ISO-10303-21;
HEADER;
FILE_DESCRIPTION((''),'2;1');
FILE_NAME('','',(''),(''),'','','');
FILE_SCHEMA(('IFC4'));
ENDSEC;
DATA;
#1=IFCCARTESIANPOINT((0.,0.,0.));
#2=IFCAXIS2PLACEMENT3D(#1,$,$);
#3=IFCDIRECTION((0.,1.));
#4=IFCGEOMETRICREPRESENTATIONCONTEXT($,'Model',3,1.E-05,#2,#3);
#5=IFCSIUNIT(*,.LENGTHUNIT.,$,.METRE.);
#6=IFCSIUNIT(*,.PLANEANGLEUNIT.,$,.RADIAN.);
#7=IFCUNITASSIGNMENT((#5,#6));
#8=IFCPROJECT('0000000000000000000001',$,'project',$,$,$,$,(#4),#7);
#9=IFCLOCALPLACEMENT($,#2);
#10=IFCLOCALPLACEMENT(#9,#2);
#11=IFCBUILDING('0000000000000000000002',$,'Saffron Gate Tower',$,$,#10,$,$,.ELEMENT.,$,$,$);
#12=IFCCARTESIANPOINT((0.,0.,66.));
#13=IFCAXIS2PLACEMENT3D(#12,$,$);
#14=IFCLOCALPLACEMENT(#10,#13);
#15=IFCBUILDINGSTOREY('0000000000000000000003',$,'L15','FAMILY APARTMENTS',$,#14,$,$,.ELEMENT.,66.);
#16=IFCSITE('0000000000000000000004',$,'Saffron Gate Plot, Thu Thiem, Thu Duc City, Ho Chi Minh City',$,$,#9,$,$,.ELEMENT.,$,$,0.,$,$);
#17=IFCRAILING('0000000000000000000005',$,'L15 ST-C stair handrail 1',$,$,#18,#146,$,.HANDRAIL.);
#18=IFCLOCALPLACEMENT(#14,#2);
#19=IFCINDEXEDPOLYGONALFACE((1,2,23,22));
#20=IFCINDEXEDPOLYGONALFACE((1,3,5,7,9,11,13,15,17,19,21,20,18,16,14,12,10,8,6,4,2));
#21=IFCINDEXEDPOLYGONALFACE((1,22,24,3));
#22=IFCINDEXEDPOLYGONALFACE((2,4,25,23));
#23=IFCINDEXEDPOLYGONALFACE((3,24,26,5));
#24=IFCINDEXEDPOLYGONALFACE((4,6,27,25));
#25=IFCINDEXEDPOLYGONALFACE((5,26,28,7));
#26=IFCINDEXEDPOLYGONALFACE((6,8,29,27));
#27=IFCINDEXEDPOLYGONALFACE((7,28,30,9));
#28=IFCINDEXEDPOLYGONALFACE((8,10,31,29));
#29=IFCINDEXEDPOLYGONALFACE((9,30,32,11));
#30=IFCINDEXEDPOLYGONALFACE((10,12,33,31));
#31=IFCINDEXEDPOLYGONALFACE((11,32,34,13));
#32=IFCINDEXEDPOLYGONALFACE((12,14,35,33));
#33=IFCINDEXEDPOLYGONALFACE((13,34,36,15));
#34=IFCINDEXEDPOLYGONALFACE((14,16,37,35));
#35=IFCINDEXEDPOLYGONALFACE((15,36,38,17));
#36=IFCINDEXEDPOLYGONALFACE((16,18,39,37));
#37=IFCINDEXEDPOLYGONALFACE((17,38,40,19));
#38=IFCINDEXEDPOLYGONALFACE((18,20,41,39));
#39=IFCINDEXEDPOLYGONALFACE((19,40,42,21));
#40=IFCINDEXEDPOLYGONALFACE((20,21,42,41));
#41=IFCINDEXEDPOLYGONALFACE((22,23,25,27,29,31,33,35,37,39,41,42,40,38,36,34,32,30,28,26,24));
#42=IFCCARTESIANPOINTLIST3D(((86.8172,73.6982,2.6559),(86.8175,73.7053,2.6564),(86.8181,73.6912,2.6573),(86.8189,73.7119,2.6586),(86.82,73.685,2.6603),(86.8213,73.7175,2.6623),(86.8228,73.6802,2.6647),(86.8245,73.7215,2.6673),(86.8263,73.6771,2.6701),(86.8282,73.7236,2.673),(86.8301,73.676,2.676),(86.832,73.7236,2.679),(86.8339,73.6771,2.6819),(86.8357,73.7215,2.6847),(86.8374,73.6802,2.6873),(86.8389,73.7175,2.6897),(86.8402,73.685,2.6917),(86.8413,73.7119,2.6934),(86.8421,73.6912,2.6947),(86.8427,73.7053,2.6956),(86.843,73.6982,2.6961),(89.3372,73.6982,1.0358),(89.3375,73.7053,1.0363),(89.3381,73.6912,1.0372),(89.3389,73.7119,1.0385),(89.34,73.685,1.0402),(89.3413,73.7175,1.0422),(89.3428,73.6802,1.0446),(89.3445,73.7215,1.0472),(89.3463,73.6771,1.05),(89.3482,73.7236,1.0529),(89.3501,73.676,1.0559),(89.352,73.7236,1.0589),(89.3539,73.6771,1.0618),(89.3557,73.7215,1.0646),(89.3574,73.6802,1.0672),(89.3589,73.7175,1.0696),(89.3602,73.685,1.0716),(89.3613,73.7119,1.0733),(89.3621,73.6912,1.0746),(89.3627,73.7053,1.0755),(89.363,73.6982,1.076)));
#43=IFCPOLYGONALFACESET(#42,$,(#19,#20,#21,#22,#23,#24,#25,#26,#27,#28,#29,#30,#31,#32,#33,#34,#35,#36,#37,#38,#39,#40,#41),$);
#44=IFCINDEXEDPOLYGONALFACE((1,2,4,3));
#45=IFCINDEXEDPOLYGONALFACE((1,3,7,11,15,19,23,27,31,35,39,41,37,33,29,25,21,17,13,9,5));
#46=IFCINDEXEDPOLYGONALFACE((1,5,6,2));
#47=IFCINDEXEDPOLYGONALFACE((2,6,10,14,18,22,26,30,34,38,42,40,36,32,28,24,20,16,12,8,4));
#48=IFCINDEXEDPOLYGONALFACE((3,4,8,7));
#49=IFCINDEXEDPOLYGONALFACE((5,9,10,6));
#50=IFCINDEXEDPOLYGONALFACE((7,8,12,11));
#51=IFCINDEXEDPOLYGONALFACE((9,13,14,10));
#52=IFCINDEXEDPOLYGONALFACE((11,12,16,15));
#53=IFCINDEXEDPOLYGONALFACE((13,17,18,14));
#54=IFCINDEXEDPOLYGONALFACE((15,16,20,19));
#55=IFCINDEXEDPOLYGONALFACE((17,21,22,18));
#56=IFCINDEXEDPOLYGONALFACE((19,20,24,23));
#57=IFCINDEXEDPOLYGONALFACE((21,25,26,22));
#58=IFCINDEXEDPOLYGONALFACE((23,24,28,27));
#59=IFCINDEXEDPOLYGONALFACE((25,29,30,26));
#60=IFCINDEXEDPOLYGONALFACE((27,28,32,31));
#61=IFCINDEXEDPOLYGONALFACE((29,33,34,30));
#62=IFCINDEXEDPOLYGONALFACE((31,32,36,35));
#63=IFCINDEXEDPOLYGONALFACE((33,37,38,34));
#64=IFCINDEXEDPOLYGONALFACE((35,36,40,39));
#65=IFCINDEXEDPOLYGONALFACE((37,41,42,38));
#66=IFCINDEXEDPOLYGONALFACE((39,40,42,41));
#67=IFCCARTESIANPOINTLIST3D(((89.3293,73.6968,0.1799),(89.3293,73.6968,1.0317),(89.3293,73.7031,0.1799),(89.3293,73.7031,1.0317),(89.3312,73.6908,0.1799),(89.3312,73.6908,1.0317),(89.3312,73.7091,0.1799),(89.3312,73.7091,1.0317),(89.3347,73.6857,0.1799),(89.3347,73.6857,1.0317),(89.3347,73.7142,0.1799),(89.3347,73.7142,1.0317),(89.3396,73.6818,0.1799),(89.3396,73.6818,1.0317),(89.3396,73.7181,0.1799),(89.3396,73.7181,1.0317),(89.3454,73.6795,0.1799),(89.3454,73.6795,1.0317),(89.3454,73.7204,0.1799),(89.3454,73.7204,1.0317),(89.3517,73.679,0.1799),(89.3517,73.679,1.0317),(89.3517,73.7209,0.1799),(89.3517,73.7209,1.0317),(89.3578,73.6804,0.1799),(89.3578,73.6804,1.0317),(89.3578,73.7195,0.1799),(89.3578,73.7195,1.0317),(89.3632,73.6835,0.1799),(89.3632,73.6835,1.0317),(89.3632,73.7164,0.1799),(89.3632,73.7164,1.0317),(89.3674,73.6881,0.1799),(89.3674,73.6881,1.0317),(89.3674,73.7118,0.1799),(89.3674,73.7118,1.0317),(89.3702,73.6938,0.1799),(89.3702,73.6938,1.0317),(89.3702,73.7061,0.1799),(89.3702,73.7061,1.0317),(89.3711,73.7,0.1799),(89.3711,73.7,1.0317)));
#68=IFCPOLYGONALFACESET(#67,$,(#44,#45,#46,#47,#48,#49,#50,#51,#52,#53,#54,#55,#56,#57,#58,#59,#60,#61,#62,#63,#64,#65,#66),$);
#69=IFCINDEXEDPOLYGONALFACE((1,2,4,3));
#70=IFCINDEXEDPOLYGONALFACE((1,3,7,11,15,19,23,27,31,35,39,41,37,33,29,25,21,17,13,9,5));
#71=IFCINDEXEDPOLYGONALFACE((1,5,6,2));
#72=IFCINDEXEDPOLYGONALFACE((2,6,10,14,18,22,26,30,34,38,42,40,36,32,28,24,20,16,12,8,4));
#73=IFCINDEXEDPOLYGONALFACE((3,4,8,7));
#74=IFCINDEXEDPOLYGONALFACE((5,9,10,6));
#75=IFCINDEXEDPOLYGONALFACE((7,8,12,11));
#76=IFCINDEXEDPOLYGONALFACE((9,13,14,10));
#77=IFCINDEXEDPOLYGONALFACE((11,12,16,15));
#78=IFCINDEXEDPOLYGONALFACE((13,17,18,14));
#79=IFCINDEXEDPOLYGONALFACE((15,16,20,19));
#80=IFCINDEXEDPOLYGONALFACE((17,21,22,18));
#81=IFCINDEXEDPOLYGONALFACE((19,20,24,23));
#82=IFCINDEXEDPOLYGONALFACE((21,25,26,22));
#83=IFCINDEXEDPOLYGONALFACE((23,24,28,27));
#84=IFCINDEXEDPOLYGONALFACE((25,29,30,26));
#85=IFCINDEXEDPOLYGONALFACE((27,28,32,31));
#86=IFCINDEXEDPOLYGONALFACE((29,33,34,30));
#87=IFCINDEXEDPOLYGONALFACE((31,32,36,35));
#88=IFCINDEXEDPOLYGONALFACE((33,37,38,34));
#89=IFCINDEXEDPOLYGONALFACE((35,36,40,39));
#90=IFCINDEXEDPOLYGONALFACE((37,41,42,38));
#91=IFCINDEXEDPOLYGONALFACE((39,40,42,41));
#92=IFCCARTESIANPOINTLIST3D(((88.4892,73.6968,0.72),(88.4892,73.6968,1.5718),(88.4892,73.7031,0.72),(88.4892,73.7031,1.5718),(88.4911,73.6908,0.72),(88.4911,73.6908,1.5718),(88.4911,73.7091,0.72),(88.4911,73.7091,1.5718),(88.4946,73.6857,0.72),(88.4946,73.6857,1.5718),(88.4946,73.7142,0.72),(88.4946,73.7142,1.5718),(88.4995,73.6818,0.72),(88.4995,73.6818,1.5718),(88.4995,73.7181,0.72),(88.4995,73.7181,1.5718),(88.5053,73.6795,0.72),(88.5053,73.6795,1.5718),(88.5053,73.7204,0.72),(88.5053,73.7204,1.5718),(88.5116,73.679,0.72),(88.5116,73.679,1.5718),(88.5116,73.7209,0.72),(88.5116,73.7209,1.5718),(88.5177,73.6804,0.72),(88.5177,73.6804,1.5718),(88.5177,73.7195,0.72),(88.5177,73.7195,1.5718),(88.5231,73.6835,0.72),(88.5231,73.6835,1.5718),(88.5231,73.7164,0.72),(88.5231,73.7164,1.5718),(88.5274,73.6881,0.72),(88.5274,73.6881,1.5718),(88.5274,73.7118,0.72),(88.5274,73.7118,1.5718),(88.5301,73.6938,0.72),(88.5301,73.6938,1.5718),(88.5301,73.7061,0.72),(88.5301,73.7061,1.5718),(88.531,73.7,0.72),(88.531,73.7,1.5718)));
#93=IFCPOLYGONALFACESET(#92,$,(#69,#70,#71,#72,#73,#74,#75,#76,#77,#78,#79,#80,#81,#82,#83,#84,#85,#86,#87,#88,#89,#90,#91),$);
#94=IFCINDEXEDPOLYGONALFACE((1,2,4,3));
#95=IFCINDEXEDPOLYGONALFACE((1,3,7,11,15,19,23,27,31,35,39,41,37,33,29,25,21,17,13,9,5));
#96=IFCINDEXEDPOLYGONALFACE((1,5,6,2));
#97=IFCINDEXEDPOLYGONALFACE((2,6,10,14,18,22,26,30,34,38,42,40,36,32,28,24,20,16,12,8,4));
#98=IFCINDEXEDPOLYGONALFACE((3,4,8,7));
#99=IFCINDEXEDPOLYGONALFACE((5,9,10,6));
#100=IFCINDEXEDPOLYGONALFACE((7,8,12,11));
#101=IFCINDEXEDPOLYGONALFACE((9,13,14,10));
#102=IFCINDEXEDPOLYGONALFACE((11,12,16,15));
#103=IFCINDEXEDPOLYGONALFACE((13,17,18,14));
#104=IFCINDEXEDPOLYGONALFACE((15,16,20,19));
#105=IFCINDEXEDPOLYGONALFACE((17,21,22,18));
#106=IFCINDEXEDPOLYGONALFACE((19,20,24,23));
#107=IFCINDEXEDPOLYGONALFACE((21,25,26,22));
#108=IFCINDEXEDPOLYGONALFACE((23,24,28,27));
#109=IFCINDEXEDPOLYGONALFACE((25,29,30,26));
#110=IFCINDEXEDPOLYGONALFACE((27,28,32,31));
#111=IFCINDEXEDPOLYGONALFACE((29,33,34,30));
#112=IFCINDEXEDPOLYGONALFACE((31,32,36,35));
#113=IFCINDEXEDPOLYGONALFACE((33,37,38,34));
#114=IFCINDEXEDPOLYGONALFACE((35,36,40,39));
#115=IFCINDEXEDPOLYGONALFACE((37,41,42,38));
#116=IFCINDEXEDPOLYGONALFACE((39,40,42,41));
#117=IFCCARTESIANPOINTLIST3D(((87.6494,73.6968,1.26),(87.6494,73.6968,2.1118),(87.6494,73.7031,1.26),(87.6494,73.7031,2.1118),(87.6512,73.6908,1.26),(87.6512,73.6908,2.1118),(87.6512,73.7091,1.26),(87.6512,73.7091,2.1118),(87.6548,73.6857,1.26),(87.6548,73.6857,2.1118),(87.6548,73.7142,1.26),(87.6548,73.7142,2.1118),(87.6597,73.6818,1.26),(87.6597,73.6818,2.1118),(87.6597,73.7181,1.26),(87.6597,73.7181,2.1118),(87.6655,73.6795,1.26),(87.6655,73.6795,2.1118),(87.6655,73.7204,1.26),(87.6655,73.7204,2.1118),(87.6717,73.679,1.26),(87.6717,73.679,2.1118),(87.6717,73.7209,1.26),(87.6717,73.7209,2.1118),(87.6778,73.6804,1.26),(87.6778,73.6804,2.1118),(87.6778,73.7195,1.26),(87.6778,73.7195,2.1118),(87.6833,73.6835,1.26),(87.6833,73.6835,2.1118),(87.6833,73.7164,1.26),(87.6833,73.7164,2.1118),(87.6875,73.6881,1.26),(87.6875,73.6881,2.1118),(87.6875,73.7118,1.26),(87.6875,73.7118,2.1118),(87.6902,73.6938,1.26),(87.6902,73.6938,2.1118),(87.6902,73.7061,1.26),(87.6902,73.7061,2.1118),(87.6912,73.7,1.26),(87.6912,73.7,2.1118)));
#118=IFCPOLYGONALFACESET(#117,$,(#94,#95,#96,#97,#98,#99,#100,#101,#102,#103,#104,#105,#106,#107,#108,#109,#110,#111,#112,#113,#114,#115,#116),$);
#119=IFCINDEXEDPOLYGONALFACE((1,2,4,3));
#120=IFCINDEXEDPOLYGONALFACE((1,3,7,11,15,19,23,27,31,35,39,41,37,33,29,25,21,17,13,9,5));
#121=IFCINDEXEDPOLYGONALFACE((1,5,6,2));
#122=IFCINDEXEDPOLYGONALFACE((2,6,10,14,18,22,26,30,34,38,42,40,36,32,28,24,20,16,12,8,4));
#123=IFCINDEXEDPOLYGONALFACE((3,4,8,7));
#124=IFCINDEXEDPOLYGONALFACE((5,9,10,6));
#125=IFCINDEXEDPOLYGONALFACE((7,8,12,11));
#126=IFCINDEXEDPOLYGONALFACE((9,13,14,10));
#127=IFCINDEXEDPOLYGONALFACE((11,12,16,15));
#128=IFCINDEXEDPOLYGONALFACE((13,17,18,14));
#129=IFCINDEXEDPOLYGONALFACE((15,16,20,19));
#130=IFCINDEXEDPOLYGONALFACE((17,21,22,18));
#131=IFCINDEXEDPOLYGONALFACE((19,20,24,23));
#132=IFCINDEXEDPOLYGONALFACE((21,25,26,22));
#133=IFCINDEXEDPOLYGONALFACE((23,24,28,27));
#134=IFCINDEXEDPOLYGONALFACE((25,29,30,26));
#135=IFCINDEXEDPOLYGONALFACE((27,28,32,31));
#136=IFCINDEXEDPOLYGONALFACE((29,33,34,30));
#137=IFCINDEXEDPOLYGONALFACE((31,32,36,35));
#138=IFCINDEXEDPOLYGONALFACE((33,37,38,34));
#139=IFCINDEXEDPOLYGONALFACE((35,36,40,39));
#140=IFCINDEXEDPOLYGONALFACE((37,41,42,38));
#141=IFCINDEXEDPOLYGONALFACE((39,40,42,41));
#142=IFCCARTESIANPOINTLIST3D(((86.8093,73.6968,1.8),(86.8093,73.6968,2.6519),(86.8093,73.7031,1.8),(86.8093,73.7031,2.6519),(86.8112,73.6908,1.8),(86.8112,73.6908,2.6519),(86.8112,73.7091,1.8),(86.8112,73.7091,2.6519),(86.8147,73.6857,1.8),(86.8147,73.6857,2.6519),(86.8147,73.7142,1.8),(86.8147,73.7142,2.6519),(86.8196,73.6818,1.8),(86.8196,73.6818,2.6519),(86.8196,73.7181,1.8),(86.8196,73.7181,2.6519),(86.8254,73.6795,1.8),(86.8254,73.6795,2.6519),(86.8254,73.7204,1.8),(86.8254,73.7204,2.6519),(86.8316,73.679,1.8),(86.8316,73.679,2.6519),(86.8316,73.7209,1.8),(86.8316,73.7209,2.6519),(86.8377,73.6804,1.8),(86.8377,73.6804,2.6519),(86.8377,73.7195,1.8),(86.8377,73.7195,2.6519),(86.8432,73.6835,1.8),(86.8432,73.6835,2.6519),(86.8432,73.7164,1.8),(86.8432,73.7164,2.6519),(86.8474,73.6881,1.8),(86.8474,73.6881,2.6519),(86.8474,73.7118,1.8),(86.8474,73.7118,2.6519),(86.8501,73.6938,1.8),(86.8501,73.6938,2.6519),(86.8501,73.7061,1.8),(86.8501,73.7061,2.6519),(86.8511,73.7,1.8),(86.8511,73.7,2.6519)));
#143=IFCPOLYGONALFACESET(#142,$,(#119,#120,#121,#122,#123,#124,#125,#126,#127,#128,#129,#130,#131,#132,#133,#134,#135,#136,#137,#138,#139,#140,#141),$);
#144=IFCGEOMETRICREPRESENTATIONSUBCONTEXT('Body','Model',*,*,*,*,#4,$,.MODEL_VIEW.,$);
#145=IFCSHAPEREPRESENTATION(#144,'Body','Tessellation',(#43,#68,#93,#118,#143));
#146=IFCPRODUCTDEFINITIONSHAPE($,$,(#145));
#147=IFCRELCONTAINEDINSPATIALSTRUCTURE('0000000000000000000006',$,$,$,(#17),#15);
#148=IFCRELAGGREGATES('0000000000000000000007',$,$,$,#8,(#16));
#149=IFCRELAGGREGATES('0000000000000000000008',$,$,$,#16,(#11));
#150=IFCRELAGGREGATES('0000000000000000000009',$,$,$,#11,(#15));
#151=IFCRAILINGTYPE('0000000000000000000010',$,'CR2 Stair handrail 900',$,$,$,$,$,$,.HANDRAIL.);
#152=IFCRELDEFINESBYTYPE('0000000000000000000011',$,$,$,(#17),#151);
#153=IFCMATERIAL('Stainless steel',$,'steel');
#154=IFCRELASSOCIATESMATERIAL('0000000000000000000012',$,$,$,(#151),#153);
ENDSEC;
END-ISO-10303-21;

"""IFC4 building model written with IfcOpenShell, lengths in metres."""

from ifc_helpers import new_model, si_unit, direction, frame, origin, origin_2d, place, context, subcontext, project, spatial, circle, extrude, material, type_object, element, save


model = new_model("IFC4")

# Units and contexts
model_context = context("Model", 3, precision=1e-05, world=origin(), true_north=direction((0.0, 1.0)))
body_context = subcontext(model_context, "Body", "Model", "MODEL_VIEW")
ifc_project = project(units=[si_unit("LENGTHUNIT", "METRE"), si_unit("PLANEANGLEUNIT", "RADIAN")], contexts=[model_context])

# Site, building, storey
site_placement = place(None, origin())
site = spatial("IfcSite", under=ifc_project, at=site_placement, Name="Saffron Gate Plot, Thu Thiem, Thu Duc City, Ho Chi Minh City", CompositionType="ELEMENT", RefElevation=0.0)
building_placement = place(site_placement, origin())
building = spatial("IfcBuilding", under=site, at=building_placement, Name="Saffron Gate Tower", CompositionType="ELEMENT")
storey_placement = place(building_placement, frame((0.0, 0.0, 66.0)))
storey = spatial("IfcBuildingStorey", under=building, at=storey_placement, Name="L15", Description="FAMILY APARTMENTS", CompositionType="ELEMENT", Elevation=66.0)

# Railing
ifc_material_1 = material(Name="Stainless steel", Category="steel")
railing_type_1 = type_object("IfcRailingType", Name="CR2 Stair handrail 900", PredefinedType="HANDRAIL", material=ifc_material_1)
for number, where, name in (
    (1, (89.3501, 73.7, 0.1799), "L15 ST-C stair handrail 1"),
):
    element("IfcRailing", number, at=place(storey_placement, frame(where)), inside=storey, type_object=railing_type_1, Name=name, PredefinedType="HANDRAIL", context=body_context, shape_type="SweptSolid", body=[
        extrude(circle(Radius=0.0239, at=origin_2d()), frame((0.0, 0.0, 0.876), z_axis=(-0.841163, 0.0, 0.540782), x_axis=(0.0, -1.0, 0.0)), (0.0, 0.0, 1.0), 2.9958),
        extrude(circle(Radius=0.021, at=origin_2d()), origin(), (0.0, 0.0, 1.0), 0.8518),
        extrude(circle(Radius=0.021, at=origin_2d()), frame((-0.8401, 0.0, 0.54)), (0.0, 0.0, 1.0), 0.8518),
        extrude(circle(Radius=0.021, at=origin_2d()), frame((-1.6799, 0.0, 1.0801)), (0.0, 0.0, 1.0), 0.8518),
        extrude(circle(Radius=0.021, at=origin_2d()), frame((-2.52, 0.0, 1.6201)), (0.0, 0.0, 1.0), 0.8518),
    ])

save(model, "model.ifc")
